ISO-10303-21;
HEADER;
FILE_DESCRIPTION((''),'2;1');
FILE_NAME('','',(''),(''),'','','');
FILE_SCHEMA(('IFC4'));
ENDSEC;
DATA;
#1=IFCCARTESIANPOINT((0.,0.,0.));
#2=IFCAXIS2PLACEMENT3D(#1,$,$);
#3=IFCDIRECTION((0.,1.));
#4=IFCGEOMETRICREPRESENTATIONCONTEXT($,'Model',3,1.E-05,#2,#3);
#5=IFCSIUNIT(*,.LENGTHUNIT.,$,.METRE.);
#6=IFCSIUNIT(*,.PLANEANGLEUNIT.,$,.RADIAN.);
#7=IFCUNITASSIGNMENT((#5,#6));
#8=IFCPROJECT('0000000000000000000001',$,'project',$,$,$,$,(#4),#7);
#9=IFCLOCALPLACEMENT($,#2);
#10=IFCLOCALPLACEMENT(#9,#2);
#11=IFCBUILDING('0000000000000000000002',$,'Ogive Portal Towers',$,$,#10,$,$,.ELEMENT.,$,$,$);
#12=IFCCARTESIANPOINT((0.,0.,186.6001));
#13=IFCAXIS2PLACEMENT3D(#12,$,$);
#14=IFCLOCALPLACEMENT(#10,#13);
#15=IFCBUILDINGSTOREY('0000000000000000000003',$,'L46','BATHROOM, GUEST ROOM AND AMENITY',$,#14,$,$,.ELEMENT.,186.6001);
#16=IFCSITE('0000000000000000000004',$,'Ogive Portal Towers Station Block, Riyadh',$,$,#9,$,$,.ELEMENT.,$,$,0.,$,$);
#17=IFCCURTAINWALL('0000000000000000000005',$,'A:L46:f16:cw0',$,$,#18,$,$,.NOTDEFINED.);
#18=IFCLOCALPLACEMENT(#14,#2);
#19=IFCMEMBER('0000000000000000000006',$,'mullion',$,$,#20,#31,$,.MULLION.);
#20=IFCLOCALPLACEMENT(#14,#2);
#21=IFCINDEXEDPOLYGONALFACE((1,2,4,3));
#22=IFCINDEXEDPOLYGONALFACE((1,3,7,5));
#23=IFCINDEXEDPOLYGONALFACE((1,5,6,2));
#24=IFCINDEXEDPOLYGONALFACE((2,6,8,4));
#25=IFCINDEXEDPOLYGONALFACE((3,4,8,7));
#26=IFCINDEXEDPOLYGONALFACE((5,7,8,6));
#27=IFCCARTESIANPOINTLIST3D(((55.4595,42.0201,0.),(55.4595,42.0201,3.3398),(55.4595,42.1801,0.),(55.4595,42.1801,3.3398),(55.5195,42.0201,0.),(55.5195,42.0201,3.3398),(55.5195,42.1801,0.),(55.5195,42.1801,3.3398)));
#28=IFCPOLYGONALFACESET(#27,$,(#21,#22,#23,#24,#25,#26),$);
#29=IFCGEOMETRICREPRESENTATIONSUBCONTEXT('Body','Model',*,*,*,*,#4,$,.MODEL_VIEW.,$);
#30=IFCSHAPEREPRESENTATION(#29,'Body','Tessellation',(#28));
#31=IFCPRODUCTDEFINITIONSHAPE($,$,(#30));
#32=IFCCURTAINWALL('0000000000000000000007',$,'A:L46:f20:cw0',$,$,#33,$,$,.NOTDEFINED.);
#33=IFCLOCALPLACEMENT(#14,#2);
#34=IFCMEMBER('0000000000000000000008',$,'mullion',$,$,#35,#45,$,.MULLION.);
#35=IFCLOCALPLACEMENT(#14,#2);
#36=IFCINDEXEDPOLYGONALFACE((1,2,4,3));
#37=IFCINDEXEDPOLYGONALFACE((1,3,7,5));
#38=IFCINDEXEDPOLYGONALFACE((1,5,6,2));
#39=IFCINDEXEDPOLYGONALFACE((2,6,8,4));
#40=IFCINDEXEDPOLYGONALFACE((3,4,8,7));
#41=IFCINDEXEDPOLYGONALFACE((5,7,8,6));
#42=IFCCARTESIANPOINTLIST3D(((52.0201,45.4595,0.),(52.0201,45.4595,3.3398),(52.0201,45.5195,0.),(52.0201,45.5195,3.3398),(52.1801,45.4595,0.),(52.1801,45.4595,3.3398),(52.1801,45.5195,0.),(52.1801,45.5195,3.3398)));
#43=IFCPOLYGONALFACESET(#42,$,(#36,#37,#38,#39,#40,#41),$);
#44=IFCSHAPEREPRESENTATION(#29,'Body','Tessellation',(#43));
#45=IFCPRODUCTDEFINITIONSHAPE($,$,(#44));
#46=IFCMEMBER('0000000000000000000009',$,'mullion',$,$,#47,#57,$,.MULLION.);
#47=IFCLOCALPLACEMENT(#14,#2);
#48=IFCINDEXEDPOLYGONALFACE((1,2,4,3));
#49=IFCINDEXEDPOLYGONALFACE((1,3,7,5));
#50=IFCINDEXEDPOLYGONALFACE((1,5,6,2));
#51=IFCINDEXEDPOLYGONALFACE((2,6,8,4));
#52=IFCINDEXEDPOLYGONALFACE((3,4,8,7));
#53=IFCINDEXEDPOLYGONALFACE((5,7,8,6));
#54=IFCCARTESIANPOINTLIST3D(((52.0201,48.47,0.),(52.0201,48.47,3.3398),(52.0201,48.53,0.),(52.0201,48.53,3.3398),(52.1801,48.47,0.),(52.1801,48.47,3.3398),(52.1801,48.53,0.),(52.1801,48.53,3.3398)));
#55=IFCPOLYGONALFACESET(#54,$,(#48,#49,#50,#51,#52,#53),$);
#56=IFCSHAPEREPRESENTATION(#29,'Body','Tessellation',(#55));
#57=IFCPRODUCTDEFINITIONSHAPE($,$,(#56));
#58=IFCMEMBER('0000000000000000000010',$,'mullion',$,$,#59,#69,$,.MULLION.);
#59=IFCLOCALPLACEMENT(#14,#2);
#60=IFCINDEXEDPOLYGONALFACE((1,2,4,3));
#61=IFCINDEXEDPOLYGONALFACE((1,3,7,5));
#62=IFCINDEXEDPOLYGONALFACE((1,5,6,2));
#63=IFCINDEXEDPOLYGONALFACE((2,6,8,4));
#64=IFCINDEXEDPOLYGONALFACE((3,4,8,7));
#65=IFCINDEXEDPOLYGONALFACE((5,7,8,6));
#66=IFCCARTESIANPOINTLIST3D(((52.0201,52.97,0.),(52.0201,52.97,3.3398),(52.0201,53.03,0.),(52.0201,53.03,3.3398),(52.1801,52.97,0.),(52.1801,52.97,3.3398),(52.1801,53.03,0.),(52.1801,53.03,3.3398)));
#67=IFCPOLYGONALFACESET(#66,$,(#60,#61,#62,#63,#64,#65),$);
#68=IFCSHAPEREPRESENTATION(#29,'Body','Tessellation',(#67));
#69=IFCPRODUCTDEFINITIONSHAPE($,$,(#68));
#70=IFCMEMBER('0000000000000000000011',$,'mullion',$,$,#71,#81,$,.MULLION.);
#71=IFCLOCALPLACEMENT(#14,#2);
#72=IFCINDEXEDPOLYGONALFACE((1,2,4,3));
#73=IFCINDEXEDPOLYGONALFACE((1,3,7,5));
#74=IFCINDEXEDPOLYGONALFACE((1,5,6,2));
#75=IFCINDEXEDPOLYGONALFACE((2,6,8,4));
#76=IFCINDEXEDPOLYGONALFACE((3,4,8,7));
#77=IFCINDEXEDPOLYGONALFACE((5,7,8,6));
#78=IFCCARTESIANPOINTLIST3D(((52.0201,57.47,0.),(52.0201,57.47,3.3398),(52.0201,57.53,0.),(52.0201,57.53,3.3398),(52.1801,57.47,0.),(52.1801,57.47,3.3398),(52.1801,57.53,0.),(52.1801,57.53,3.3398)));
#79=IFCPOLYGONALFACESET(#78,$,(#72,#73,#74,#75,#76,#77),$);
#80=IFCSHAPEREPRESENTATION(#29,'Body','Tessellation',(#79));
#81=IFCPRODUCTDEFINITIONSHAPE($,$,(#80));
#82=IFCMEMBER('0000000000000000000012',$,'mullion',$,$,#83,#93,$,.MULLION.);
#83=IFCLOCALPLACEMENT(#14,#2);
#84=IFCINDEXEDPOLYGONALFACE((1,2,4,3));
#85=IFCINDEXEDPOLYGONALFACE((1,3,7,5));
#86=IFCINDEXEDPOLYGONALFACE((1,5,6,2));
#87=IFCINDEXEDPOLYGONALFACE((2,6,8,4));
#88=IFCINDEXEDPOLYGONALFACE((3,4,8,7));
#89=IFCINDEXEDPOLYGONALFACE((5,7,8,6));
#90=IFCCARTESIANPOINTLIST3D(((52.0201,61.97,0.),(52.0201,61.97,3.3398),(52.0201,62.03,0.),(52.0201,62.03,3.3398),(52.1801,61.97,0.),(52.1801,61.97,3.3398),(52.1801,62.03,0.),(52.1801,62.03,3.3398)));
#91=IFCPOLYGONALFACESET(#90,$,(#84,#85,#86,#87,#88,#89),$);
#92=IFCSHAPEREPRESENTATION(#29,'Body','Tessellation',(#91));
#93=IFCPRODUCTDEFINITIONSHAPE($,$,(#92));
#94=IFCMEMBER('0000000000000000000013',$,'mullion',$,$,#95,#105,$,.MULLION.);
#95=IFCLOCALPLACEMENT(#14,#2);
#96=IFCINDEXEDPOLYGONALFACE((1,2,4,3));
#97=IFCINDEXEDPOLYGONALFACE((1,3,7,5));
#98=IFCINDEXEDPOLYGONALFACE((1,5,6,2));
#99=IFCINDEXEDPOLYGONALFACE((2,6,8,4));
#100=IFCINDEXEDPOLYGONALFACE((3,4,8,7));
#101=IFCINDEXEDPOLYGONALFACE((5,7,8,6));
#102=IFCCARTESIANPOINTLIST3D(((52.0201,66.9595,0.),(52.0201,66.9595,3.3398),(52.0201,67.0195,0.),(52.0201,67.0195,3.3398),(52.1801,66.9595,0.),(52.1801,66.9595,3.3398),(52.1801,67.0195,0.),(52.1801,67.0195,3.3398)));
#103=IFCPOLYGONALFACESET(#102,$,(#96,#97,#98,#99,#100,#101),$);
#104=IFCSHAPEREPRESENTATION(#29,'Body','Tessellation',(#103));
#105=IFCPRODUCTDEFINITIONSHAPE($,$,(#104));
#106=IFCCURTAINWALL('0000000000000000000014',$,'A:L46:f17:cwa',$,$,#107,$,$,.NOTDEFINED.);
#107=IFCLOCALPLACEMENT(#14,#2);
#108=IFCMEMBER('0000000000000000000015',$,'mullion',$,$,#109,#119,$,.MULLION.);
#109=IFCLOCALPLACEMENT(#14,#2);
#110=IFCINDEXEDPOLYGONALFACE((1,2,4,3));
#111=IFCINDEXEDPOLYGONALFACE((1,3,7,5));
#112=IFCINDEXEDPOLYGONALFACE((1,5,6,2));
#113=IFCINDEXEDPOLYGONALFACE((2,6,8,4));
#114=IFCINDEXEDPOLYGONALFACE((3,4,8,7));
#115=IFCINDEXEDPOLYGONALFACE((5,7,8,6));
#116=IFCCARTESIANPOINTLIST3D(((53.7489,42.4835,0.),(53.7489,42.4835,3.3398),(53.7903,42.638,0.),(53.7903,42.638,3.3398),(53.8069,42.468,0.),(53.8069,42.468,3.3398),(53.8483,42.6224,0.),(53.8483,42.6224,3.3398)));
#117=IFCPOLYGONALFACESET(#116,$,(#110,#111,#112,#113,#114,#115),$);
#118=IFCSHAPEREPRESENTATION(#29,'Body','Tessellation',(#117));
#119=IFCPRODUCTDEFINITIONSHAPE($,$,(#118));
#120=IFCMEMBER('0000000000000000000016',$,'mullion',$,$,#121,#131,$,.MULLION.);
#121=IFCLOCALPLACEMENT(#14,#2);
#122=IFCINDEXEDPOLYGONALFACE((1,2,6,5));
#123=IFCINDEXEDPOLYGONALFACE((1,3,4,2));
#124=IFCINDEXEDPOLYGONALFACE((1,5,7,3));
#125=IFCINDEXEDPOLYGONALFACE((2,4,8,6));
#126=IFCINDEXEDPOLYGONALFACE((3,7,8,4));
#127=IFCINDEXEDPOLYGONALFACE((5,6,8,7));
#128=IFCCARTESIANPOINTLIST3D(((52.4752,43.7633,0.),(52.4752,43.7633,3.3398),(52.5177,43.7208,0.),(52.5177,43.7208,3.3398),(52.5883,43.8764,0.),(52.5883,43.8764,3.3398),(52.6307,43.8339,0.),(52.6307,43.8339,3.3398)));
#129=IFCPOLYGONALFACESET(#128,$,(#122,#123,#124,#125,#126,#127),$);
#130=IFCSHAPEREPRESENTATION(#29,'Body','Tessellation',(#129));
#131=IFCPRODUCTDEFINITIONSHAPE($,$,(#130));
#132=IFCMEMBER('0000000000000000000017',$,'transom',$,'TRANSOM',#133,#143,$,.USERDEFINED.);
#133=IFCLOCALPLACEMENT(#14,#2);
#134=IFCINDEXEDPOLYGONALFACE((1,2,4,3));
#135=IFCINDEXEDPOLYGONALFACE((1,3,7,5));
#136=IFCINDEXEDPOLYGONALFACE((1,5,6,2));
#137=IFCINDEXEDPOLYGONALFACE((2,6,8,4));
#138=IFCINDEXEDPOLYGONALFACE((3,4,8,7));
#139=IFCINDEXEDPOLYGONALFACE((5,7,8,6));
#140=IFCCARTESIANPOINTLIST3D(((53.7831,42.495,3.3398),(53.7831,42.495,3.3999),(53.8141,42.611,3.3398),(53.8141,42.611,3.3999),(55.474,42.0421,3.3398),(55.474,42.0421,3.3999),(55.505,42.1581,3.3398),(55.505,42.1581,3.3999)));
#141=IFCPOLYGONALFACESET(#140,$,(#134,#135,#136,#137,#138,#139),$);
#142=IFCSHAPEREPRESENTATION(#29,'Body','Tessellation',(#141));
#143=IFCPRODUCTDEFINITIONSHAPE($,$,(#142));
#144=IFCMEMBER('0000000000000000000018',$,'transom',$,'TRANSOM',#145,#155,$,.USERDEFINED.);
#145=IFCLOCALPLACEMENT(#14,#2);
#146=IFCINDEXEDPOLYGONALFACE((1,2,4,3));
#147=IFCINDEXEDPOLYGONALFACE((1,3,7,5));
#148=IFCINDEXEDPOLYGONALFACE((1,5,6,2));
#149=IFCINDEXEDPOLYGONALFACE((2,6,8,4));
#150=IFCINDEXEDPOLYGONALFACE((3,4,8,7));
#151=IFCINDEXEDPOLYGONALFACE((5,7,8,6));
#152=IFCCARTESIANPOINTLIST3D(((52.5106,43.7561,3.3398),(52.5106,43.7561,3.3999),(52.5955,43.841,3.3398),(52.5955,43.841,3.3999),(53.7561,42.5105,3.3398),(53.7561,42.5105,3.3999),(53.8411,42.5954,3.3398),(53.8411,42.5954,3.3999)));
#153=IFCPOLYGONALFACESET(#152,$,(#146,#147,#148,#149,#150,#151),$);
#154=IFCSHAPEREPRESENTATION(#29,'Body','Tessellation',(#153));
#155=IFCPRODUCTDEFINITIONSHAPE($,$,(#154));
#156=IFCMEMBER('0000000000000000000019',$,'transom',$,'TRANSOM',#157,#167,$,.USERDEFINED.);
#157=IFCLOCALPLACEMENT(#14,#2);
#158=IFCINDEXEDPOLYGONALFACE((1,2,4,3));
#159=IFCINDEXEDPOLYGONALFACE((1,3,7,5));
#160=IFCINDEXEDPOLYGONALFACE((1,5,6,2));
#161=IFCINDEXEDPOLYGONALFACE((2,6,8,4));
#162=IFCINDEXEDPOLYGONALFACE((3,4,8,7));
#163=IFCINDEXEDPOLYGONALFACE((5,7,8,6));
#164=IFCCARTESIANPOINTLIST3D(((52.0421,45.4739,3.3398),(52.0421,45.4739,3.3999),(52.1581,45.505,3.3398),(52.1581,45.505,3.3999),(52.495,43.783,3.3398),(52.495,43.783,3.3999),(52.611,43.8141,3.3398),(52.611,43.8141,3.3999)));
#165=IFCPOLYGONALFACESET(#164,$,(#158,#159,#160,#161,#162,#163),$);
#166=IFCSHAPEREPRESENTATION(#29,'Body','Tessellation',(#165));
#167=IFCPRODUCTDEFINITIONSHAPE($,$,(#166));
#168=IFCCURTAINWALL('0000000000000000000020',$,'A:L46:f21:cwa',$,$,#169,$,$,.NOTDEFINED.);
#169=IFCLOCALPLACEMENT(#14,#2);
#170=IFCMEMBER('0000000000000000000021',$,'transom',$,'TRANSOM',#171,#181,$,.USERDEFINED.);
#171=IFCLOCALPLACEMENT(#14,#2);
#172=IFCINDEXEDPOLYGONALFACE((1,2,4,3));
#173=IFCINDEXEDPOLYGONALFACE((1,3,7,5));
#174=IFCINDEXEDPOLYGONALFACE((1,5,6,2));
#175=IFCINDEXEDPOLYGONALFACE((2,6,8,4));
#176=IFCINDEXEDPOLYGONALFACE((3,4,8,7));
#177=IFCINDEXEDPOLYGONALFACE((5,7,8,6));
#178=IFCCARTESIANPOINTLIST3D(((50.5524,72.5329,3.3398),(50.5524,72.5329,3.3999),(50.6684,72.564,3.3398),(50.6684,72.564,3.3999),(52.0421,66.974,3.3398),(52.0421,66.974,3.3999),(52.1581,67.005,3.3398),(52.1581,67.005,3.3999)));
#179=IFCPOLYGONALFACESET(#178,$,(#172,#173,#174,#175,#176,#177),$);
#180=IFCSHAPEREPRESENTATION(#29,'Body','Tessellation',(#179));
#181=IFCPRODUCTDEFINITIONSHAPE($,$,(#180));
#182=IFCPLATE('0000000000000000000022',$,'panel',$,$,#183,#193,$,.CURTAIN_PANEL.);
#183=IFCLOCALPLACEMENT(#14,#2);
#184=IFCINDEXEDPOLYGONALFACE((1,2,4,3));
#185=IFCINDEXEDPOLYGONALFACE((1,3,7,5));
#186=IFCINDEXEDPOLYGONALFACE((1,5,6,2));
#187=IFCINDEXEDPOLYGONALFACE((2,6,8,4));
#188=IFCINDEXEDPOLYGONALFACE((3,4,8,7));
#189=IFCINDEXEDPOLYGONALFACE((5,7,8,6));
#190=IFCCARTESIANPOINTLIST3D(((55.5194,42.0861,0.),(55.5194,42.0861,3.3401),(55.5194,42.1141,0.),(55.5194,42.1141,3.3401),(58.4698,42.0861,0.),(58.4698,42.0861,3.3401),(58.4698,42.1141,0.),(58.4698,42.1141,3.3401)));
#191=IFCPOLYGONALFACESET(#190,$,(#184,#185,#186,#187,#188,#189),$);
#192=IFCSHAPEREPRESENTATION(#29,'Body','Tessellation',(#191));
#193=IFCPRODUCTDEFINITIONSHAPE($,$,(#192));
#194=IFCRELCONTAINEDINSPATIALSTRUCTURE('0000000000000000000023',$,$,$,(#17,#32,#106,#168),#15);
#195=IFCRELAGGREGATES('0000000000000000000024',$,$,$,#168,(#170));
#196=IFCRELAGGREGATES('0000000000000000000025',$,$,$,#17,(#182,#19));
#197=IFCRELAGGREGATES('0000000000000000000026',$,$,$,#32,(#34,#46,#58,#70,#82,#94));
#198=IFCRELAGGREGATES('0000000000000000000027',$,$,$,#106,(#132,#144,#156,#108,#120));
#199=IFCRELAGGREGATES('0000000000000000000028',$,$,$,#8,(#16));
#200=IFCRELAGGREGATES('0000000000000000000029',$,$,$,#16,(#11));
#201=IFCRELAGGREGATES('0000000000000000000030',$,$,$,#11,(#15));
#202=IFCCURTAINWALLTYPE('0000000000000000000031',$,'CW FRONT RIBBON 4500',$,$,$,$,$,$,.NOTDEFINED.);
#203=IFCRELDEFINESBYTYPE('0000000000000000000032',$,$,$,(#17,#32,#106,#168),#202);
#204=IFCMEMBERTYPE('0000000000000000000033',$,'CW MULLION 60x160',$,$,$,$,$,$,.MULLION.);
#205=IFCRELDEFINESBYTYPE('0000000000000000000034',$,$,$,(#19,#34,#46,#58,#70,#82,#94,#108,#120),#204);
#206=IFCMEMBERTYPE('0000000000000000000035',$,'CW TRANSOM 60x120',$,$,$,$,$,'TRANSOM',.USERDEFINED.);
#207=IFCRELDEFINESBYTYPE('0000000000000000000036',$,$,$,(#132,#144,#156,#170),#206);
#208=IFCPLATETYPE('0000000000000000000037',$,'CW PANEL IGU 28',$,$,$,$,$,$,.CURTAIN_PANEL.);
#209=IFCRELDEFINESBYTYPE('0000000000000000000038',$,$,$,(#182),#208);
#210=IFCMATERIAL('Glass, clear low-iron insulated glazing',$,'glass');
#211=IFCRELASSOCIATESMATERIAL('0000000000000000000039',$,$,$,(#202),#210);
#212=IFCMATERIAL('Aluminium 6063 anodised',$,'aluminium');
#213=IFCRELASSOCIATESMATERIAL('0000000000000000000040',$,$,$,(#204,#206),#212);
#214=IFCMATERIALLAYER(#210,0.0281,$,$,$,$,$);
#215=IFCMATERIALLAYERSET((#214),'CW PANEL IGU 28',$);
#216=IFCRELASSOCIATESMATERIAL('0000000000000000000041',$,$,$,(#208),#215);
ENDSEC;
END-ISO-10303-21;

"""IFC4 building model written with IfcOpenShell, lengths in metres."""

from ifc_helpers import new_model, si_unit, direction, frame, origin, origin_2d, place, context, subcontext, project, spatial, rectangle, extrude, material, layer, layer_set, material_profile, profile_set, type_object, element, aggregate, save


model = new_model("IFC4")

# Units and contexts
model_context = context("Model", 3, precision=1e-05, world=origin(), true_north=direction((0.0, 1.0)))
body_context = subcontext(model_context, "Body", "Model", "MODEL_VIEW")
ifc_project = project(units=[si_unit("LENGTHUNIT", "METRE"), si_unit("PLANEANGLEUNIT", "RADIAN")], contexts=[model_context])

# Site, building, storey
site_placement = place(None, origin())
site = spatial("IfcSite", under=ifc_project, at=site_placement, Name="Ogive Portal Towers Station Block, Riyadh", CompositionType="ELEMENT", RefElevation=0.0)
building_placement = place(site_placement, origin())
building = spatial("IfcBuilding", under=site, at=building_placement, Name="Ogive Portal Towers", CompositionType="ELEMENT")
storey_placement = place(building_placement, frame((0.0, 0.0, 186.6001)))
storey = spatial("IfcBuildingStorey", under=building, at=storey_placement, Name="L46", Description="BATHROOM, GUEST ROOM AND AMENITY", CompositionType="ELEMENT", Elevation=186.6001)

# Curtain wall, member
ifc_material_1 = material(Name="Glass, clear low-iron insulated glazing", Category="glass")
curtain_wall_type = type_object("IfcCurtainWallType", Name="CW FRONT RIBBON 4500", PredefinedType="NOTDEFINED", material=ifc_material_1)
curtain_wall_1_placement = place(storey_placement, origin())
curtain_wall_1 = element("IfcCurtainWall", 1, at=curtain_wall_1_placement, inside=storey, type_object=curtain_wall_type, Name="A:L46:f16:cw0", PredefinedType="NOTDEFINED")
ifc_material_2 = material(Name="Aluminium 6063 anodised", Category="aluminium")
ifc_material_profile_1 = material_profile(ifc_material_2, rectangle(XDim=0.1599, YDim=0.0601, at=origin_2d()), Name="AL 60x160")
ifc_profile_set_1 = profile_set([ifc_material_profile_1], Name="Aluminium 6063 anodised")
member_type_1 = type_object("IfcMemberType", Name="CW MULLION 60x160", PredefinedType="MULLION", material=ifc_profile_set_1)
member_1_placement = place(storey_placement, frame((55.4895, 42.1001, 0.0), z_axis=(0.0, 0.0, 1.0), x_axis=(0.0, -1.0, 0.0)))
member_1 = element("IfcMember", 2, at=member_1_placement, type_object=member_type_1, Name="mullion", PredefinedType="MULLION", context=body_context, shape_type="SweptSolid", body=[
    extrude(rectangle(XDim=0.1599, YDim=0.0601, at=origin_2d()), origin(), (0.0, 0.0, 1.0), 3.3398),
])

# Curtain walls, members
curtain_wall_2_placement = place(storey_placement, origin())
curtain_wall_2 = element("IfcCurtainWall", 3, at=curtain_wall_2_placement, inside=storey, type_object=curtain_wall_type, Name="A:L46:f20:cw0", PredefinedType="NOTDEFINED")
member_2_placement = place(storey_placement, frame((52.1001, 45.4895, 0.0), z_axis=(0.0, 0.0, 1.0), x_axis=(-1.0, 0.0, 0.0)))
member_2 = element("IfcMember", 4, at=member_2_placement, type_object=member_type_1, Name="mullion", PredefinedType="MULLION", context=body_context, shape_type="SweptSolid", body=[
    extrude(rectangle(XDim=0.1599, YDim=0.0601, at=origin_2d()), origin(), (0.0, 0.0, 1.0), 3.3398),
])
member_3_placement = place(storey_placement, frame((52.1001, 48.5, 0.0), z_axis=(0.0, 0.0, 1.0), x_axis=(-1.0, 0.0, 0.0)))
member_3 = element("IfcMember", 5, at=member_3_placement, type_object=member_type_1, Name="mullion", PredefinedType="MULLION", context=body_context, shape_type="SweptSolid", body=[
    extrude(rectangle(XDim=0.1599, YDim=0.0601, at=origin_2d()), origin(), (0.0, 0.0, 1.0), 3.3398),
])
member_4_placement = place(storey_placement, frame((52.1001, 53.0, 0.0), z_axis=(0.0, 0.0, 1.0), x_axis=(-1.0, 0.0, 0.0)))
member_4 = element("IfcMember", 6, at=member_4_placement, type_object=member_type_1, Name="mullion", PredefinedType="MULLION", context=body_context, shape_type="SweptSolid", body=[
    extrude(rectangle(XDim=0.1599, YDim=0.0601, at=origin_2d()), origin(), (0.0, 0.0, 1.0), 3.3398),
])
member_5_placement = place(storey_placement, frame((52.1001, 57.5, 0.0), z_axis=(0.0, 0.0, 1.0), x_axis=(-1.0, 0.0, 0.0)))
member_5 = element("IfcMember", 7, at=member_5_placement, type_object=member_type_1, Name="mullion", PredefinedType="MULLION", context=body_context, shape_type="SweptSolid", body=[
    extrude(rectangle(XDim=0.1599, YDim=0.0601, at=origin_2d()), origin(), (0.0, 0.0, 1.0), 3.3398),
])
member_6_placement = place(storey_placement, frame((52.1001, 62.0, 0.0), z_axis=(0.0, 0.0, 1.0), x_axis=(-1.0, 0.0, 0.0)))
member_6 = element("IfcMember", 8, at=member_6_placement, type_object=member_type_1, Name="mullion", PredefinedType="MULLION", context=body_context, shape_type="SweptSolid", body=[
    extrude(rectangle(XDim=0.1599, YDim=0.0601, at=origin_2d()), origin(), (0.0, 0.0, 1.0), 3.3398),
])
member_7_placement = place(storey_placement, frame((52.1001, 66.9895, 0.0), z_axis=(0.0, 0.0, 1.0), x_axis=(-1.0, 0.0, 0.0)))
member_7 = element("IfcMember", 9, at=member_7_placement, type_object=member_type_1, Name="mullion", PredefinedType="MULLION", context=body_context, shape_type="SweptSolid", body=[
    extrude(rectangle(XDim=0.1599, YDim=0.0601, at=origin_2d()), origin(), (0.0, 0.0, 1.0), 3.3398),
])
curtain_wall_3_placement = place(storey_placement, origin())
curtain_wall_3 = element("IfcCurtainWall", 10, at=curtain_wall_3_placement, inside=storey, type_object=curtain_wall_type, Name="A:L46:f17:cwa", PredefinedType="NOTDEFINED")
member_8_placement = place(storey_placement, frame((53.7986, 42.553, 0.0), z_axis=(0.0, 0.0, 1.0), x_axis=(-0.258819, -0.965926, 0.0)))
member_8 = element("IfcMember", 11, at=member_8_placement, type_object=member_type_1, Name="mullion", PredefinedType="MULLION", context=body_context, shape_type="SweptSolid", body=[
    extrude(rectangle(XDim=0.1599, YDim=0.0601, at=origin_2d()), origin(), (0.0, 0.0, 1.0), 3.3398),
])
member_9_placement = place(storey_placement, frame((52.553, 43.7986, 0.0), z_axis=(0.0, 0.0, 1.0), x_axis=(-0.707107, -0.707107, 0.0)))
member_9 = element("IfcMember", 12, at=member_9_placement, type_object=member_type_1, Name="mullion", PredefinedType="MULLION", context=body_context, shape_type="SweptSolid", body=[
    extrude(rectangle(XDim=0.1599, YDim=0.0601, at=origin_2d()), origin(), (0.0, 0.0, 1.0), 3.3398),
])
ifc_material_profile_2 = material_profile(ifc_material_2, rectangle(XDim=0.1201, YDim=0.0601, at=origin_2d()), Name="AL 120x60")
ifc_profile_set_2 = profile_set([ifc_material_profile_2], Name="Aluminium 6063 anodised")
member_type_2 = type_object("IfcMemberType", Name="CW TRANSOM 60x120", ElementType="TRANSOM", PredefinedType="USERDEFINED", material=ifc_profile_set_2)
member_10_placement = place(storey_placement, frame((55.4895, 42.1001, 3.3699), z_axis=(-0.965954, 0.258713, 0.0), x_axis=(-0.258713, -0.965954, 0.0)))
member_10 = element("IfcMember", 13, at=member_10_placement, type_object=member_type_2, Name="transom", ObjectType="TRANSOM", PredefinedType="USERDEFINED", context=body_context, shape_type="SweptSolid", body=[
    extrude(rectangle(XDim=0.1201, YDim=0.0601, at=origin_2d()), origin(), (0.0, 0.0, 1.0), 1.7505),
])
member_11_placement = place(storey_placement, frame((53.7986, 42.553, 3.3699), z_axis=(-0.707107, 0.707107, 0.0), x_axis=(-0.707107, -0.707107, 0.0)))
member_11 = element("IfcMember", 14, at=member_11_placement, type_object=member_type_2, Name="transom", ObjectType="TRANSOM", PredefinedType="USERDEFINED", context=body_context, shape_type="SweptSolid", body=[
    extrude(rectangle(XDim=0.1201, YDim=0.0601, at=origin_2d()), origin(), (0.0, 0.0, 1.0), 1.7615),
])
member_12_placement = place(storey_placement, frame((52.553, 43.7986, 3.3699), z_axis=(-0.258713, 0.965954, 0.0), x_axis=(-0.965954, -0.258713, 0.0)))
member_12 = element("IfcMember", 15, at=member_12_placement, type_object=member_type_2, Name="transom", ObjectType="TRANSOM", PredefinedType="USERDEFINED", context=body_context, shape_type="SweptSolid", body=[
    extrude(rectangle(XDim=0.1201, YDim=0.0601, at=origin_2d()), origin(), (0.0, 0.0, 1.0), 1.7505),
])

# Curtain wall, member
curtain_wall_4_placement = place(storey_placement, origin())
curtain_wall_4 = element("IfcCurtainWall", 16, at=curtain_wall_4_placement, inside=storey, type_object=curtain_wall_type, Name="A:L46:f21:cwa", PredefinedType="NOTDEFINED")
member_13_placement = place(storey_placement, frame((52.1001, 66.9895, 3.3699), z_axis=(-0.258851, 0.965917, 0.0), x_axis=(-0.965917, -0.258851, 0.0)))
member_13 = element("IfcMember", 17, at=member_13_placement, type_object=member_type_2, Name="transom", ObjectType="TRANSOM", PredefinedType="USERDEFINED", context=body_context, shape_type="SweptSolid", body=[
    extrude(rectangle(XDim=0.1201, YDim=0.0601, at=origin_2d()), origin(), (0.0, 0.0, 1.0), 5.7551),
])
aggregate(curtain_wall_4, [member_13])

# Plate
ifc_layer_1 = layer(ifc_material_1, 0.0281)
ifc_layer_set_1 = layer_set([ifc_layer_1], Name="CW PANEL IGU 28")
plate_type = type_object("IfcPlateType", Name="CW PANEL IGU 28", PredefinedType="CURTAIN_PANEL", material=ifc_layer_set_1)
plate_1_placement = place(storey_placement, frame((56.9946, 42.1001, 0.0), z_axis=(0.0, 0.0, 1.0), x_axis=(-1.0, 0.0, 0.0)))
plate_1 = element("IfcPlate", 18, at=plate_1_placement, type_object=plate_type, Name="panel", PredefinedType="CURTAIN_PANEL", context=body_context, shape_type="SweptSolid", body=[
    extrude(rectangle(XDim=2.9504, YDim=0.0281, at=origin_2d()), origin(), (0.0, 0.0, 1.0), 3.3401),
])
aggregate(curtain_wall_1, [plate_1, member_1])
aggregate(curtain_wall_2, [member_2, member_3, member_4, member_5, member_6, member_7])
aggregate(curtain_wall_3, [member_10, member_11, member_12, member_8, member_9])

save(model, "model.ifc")
